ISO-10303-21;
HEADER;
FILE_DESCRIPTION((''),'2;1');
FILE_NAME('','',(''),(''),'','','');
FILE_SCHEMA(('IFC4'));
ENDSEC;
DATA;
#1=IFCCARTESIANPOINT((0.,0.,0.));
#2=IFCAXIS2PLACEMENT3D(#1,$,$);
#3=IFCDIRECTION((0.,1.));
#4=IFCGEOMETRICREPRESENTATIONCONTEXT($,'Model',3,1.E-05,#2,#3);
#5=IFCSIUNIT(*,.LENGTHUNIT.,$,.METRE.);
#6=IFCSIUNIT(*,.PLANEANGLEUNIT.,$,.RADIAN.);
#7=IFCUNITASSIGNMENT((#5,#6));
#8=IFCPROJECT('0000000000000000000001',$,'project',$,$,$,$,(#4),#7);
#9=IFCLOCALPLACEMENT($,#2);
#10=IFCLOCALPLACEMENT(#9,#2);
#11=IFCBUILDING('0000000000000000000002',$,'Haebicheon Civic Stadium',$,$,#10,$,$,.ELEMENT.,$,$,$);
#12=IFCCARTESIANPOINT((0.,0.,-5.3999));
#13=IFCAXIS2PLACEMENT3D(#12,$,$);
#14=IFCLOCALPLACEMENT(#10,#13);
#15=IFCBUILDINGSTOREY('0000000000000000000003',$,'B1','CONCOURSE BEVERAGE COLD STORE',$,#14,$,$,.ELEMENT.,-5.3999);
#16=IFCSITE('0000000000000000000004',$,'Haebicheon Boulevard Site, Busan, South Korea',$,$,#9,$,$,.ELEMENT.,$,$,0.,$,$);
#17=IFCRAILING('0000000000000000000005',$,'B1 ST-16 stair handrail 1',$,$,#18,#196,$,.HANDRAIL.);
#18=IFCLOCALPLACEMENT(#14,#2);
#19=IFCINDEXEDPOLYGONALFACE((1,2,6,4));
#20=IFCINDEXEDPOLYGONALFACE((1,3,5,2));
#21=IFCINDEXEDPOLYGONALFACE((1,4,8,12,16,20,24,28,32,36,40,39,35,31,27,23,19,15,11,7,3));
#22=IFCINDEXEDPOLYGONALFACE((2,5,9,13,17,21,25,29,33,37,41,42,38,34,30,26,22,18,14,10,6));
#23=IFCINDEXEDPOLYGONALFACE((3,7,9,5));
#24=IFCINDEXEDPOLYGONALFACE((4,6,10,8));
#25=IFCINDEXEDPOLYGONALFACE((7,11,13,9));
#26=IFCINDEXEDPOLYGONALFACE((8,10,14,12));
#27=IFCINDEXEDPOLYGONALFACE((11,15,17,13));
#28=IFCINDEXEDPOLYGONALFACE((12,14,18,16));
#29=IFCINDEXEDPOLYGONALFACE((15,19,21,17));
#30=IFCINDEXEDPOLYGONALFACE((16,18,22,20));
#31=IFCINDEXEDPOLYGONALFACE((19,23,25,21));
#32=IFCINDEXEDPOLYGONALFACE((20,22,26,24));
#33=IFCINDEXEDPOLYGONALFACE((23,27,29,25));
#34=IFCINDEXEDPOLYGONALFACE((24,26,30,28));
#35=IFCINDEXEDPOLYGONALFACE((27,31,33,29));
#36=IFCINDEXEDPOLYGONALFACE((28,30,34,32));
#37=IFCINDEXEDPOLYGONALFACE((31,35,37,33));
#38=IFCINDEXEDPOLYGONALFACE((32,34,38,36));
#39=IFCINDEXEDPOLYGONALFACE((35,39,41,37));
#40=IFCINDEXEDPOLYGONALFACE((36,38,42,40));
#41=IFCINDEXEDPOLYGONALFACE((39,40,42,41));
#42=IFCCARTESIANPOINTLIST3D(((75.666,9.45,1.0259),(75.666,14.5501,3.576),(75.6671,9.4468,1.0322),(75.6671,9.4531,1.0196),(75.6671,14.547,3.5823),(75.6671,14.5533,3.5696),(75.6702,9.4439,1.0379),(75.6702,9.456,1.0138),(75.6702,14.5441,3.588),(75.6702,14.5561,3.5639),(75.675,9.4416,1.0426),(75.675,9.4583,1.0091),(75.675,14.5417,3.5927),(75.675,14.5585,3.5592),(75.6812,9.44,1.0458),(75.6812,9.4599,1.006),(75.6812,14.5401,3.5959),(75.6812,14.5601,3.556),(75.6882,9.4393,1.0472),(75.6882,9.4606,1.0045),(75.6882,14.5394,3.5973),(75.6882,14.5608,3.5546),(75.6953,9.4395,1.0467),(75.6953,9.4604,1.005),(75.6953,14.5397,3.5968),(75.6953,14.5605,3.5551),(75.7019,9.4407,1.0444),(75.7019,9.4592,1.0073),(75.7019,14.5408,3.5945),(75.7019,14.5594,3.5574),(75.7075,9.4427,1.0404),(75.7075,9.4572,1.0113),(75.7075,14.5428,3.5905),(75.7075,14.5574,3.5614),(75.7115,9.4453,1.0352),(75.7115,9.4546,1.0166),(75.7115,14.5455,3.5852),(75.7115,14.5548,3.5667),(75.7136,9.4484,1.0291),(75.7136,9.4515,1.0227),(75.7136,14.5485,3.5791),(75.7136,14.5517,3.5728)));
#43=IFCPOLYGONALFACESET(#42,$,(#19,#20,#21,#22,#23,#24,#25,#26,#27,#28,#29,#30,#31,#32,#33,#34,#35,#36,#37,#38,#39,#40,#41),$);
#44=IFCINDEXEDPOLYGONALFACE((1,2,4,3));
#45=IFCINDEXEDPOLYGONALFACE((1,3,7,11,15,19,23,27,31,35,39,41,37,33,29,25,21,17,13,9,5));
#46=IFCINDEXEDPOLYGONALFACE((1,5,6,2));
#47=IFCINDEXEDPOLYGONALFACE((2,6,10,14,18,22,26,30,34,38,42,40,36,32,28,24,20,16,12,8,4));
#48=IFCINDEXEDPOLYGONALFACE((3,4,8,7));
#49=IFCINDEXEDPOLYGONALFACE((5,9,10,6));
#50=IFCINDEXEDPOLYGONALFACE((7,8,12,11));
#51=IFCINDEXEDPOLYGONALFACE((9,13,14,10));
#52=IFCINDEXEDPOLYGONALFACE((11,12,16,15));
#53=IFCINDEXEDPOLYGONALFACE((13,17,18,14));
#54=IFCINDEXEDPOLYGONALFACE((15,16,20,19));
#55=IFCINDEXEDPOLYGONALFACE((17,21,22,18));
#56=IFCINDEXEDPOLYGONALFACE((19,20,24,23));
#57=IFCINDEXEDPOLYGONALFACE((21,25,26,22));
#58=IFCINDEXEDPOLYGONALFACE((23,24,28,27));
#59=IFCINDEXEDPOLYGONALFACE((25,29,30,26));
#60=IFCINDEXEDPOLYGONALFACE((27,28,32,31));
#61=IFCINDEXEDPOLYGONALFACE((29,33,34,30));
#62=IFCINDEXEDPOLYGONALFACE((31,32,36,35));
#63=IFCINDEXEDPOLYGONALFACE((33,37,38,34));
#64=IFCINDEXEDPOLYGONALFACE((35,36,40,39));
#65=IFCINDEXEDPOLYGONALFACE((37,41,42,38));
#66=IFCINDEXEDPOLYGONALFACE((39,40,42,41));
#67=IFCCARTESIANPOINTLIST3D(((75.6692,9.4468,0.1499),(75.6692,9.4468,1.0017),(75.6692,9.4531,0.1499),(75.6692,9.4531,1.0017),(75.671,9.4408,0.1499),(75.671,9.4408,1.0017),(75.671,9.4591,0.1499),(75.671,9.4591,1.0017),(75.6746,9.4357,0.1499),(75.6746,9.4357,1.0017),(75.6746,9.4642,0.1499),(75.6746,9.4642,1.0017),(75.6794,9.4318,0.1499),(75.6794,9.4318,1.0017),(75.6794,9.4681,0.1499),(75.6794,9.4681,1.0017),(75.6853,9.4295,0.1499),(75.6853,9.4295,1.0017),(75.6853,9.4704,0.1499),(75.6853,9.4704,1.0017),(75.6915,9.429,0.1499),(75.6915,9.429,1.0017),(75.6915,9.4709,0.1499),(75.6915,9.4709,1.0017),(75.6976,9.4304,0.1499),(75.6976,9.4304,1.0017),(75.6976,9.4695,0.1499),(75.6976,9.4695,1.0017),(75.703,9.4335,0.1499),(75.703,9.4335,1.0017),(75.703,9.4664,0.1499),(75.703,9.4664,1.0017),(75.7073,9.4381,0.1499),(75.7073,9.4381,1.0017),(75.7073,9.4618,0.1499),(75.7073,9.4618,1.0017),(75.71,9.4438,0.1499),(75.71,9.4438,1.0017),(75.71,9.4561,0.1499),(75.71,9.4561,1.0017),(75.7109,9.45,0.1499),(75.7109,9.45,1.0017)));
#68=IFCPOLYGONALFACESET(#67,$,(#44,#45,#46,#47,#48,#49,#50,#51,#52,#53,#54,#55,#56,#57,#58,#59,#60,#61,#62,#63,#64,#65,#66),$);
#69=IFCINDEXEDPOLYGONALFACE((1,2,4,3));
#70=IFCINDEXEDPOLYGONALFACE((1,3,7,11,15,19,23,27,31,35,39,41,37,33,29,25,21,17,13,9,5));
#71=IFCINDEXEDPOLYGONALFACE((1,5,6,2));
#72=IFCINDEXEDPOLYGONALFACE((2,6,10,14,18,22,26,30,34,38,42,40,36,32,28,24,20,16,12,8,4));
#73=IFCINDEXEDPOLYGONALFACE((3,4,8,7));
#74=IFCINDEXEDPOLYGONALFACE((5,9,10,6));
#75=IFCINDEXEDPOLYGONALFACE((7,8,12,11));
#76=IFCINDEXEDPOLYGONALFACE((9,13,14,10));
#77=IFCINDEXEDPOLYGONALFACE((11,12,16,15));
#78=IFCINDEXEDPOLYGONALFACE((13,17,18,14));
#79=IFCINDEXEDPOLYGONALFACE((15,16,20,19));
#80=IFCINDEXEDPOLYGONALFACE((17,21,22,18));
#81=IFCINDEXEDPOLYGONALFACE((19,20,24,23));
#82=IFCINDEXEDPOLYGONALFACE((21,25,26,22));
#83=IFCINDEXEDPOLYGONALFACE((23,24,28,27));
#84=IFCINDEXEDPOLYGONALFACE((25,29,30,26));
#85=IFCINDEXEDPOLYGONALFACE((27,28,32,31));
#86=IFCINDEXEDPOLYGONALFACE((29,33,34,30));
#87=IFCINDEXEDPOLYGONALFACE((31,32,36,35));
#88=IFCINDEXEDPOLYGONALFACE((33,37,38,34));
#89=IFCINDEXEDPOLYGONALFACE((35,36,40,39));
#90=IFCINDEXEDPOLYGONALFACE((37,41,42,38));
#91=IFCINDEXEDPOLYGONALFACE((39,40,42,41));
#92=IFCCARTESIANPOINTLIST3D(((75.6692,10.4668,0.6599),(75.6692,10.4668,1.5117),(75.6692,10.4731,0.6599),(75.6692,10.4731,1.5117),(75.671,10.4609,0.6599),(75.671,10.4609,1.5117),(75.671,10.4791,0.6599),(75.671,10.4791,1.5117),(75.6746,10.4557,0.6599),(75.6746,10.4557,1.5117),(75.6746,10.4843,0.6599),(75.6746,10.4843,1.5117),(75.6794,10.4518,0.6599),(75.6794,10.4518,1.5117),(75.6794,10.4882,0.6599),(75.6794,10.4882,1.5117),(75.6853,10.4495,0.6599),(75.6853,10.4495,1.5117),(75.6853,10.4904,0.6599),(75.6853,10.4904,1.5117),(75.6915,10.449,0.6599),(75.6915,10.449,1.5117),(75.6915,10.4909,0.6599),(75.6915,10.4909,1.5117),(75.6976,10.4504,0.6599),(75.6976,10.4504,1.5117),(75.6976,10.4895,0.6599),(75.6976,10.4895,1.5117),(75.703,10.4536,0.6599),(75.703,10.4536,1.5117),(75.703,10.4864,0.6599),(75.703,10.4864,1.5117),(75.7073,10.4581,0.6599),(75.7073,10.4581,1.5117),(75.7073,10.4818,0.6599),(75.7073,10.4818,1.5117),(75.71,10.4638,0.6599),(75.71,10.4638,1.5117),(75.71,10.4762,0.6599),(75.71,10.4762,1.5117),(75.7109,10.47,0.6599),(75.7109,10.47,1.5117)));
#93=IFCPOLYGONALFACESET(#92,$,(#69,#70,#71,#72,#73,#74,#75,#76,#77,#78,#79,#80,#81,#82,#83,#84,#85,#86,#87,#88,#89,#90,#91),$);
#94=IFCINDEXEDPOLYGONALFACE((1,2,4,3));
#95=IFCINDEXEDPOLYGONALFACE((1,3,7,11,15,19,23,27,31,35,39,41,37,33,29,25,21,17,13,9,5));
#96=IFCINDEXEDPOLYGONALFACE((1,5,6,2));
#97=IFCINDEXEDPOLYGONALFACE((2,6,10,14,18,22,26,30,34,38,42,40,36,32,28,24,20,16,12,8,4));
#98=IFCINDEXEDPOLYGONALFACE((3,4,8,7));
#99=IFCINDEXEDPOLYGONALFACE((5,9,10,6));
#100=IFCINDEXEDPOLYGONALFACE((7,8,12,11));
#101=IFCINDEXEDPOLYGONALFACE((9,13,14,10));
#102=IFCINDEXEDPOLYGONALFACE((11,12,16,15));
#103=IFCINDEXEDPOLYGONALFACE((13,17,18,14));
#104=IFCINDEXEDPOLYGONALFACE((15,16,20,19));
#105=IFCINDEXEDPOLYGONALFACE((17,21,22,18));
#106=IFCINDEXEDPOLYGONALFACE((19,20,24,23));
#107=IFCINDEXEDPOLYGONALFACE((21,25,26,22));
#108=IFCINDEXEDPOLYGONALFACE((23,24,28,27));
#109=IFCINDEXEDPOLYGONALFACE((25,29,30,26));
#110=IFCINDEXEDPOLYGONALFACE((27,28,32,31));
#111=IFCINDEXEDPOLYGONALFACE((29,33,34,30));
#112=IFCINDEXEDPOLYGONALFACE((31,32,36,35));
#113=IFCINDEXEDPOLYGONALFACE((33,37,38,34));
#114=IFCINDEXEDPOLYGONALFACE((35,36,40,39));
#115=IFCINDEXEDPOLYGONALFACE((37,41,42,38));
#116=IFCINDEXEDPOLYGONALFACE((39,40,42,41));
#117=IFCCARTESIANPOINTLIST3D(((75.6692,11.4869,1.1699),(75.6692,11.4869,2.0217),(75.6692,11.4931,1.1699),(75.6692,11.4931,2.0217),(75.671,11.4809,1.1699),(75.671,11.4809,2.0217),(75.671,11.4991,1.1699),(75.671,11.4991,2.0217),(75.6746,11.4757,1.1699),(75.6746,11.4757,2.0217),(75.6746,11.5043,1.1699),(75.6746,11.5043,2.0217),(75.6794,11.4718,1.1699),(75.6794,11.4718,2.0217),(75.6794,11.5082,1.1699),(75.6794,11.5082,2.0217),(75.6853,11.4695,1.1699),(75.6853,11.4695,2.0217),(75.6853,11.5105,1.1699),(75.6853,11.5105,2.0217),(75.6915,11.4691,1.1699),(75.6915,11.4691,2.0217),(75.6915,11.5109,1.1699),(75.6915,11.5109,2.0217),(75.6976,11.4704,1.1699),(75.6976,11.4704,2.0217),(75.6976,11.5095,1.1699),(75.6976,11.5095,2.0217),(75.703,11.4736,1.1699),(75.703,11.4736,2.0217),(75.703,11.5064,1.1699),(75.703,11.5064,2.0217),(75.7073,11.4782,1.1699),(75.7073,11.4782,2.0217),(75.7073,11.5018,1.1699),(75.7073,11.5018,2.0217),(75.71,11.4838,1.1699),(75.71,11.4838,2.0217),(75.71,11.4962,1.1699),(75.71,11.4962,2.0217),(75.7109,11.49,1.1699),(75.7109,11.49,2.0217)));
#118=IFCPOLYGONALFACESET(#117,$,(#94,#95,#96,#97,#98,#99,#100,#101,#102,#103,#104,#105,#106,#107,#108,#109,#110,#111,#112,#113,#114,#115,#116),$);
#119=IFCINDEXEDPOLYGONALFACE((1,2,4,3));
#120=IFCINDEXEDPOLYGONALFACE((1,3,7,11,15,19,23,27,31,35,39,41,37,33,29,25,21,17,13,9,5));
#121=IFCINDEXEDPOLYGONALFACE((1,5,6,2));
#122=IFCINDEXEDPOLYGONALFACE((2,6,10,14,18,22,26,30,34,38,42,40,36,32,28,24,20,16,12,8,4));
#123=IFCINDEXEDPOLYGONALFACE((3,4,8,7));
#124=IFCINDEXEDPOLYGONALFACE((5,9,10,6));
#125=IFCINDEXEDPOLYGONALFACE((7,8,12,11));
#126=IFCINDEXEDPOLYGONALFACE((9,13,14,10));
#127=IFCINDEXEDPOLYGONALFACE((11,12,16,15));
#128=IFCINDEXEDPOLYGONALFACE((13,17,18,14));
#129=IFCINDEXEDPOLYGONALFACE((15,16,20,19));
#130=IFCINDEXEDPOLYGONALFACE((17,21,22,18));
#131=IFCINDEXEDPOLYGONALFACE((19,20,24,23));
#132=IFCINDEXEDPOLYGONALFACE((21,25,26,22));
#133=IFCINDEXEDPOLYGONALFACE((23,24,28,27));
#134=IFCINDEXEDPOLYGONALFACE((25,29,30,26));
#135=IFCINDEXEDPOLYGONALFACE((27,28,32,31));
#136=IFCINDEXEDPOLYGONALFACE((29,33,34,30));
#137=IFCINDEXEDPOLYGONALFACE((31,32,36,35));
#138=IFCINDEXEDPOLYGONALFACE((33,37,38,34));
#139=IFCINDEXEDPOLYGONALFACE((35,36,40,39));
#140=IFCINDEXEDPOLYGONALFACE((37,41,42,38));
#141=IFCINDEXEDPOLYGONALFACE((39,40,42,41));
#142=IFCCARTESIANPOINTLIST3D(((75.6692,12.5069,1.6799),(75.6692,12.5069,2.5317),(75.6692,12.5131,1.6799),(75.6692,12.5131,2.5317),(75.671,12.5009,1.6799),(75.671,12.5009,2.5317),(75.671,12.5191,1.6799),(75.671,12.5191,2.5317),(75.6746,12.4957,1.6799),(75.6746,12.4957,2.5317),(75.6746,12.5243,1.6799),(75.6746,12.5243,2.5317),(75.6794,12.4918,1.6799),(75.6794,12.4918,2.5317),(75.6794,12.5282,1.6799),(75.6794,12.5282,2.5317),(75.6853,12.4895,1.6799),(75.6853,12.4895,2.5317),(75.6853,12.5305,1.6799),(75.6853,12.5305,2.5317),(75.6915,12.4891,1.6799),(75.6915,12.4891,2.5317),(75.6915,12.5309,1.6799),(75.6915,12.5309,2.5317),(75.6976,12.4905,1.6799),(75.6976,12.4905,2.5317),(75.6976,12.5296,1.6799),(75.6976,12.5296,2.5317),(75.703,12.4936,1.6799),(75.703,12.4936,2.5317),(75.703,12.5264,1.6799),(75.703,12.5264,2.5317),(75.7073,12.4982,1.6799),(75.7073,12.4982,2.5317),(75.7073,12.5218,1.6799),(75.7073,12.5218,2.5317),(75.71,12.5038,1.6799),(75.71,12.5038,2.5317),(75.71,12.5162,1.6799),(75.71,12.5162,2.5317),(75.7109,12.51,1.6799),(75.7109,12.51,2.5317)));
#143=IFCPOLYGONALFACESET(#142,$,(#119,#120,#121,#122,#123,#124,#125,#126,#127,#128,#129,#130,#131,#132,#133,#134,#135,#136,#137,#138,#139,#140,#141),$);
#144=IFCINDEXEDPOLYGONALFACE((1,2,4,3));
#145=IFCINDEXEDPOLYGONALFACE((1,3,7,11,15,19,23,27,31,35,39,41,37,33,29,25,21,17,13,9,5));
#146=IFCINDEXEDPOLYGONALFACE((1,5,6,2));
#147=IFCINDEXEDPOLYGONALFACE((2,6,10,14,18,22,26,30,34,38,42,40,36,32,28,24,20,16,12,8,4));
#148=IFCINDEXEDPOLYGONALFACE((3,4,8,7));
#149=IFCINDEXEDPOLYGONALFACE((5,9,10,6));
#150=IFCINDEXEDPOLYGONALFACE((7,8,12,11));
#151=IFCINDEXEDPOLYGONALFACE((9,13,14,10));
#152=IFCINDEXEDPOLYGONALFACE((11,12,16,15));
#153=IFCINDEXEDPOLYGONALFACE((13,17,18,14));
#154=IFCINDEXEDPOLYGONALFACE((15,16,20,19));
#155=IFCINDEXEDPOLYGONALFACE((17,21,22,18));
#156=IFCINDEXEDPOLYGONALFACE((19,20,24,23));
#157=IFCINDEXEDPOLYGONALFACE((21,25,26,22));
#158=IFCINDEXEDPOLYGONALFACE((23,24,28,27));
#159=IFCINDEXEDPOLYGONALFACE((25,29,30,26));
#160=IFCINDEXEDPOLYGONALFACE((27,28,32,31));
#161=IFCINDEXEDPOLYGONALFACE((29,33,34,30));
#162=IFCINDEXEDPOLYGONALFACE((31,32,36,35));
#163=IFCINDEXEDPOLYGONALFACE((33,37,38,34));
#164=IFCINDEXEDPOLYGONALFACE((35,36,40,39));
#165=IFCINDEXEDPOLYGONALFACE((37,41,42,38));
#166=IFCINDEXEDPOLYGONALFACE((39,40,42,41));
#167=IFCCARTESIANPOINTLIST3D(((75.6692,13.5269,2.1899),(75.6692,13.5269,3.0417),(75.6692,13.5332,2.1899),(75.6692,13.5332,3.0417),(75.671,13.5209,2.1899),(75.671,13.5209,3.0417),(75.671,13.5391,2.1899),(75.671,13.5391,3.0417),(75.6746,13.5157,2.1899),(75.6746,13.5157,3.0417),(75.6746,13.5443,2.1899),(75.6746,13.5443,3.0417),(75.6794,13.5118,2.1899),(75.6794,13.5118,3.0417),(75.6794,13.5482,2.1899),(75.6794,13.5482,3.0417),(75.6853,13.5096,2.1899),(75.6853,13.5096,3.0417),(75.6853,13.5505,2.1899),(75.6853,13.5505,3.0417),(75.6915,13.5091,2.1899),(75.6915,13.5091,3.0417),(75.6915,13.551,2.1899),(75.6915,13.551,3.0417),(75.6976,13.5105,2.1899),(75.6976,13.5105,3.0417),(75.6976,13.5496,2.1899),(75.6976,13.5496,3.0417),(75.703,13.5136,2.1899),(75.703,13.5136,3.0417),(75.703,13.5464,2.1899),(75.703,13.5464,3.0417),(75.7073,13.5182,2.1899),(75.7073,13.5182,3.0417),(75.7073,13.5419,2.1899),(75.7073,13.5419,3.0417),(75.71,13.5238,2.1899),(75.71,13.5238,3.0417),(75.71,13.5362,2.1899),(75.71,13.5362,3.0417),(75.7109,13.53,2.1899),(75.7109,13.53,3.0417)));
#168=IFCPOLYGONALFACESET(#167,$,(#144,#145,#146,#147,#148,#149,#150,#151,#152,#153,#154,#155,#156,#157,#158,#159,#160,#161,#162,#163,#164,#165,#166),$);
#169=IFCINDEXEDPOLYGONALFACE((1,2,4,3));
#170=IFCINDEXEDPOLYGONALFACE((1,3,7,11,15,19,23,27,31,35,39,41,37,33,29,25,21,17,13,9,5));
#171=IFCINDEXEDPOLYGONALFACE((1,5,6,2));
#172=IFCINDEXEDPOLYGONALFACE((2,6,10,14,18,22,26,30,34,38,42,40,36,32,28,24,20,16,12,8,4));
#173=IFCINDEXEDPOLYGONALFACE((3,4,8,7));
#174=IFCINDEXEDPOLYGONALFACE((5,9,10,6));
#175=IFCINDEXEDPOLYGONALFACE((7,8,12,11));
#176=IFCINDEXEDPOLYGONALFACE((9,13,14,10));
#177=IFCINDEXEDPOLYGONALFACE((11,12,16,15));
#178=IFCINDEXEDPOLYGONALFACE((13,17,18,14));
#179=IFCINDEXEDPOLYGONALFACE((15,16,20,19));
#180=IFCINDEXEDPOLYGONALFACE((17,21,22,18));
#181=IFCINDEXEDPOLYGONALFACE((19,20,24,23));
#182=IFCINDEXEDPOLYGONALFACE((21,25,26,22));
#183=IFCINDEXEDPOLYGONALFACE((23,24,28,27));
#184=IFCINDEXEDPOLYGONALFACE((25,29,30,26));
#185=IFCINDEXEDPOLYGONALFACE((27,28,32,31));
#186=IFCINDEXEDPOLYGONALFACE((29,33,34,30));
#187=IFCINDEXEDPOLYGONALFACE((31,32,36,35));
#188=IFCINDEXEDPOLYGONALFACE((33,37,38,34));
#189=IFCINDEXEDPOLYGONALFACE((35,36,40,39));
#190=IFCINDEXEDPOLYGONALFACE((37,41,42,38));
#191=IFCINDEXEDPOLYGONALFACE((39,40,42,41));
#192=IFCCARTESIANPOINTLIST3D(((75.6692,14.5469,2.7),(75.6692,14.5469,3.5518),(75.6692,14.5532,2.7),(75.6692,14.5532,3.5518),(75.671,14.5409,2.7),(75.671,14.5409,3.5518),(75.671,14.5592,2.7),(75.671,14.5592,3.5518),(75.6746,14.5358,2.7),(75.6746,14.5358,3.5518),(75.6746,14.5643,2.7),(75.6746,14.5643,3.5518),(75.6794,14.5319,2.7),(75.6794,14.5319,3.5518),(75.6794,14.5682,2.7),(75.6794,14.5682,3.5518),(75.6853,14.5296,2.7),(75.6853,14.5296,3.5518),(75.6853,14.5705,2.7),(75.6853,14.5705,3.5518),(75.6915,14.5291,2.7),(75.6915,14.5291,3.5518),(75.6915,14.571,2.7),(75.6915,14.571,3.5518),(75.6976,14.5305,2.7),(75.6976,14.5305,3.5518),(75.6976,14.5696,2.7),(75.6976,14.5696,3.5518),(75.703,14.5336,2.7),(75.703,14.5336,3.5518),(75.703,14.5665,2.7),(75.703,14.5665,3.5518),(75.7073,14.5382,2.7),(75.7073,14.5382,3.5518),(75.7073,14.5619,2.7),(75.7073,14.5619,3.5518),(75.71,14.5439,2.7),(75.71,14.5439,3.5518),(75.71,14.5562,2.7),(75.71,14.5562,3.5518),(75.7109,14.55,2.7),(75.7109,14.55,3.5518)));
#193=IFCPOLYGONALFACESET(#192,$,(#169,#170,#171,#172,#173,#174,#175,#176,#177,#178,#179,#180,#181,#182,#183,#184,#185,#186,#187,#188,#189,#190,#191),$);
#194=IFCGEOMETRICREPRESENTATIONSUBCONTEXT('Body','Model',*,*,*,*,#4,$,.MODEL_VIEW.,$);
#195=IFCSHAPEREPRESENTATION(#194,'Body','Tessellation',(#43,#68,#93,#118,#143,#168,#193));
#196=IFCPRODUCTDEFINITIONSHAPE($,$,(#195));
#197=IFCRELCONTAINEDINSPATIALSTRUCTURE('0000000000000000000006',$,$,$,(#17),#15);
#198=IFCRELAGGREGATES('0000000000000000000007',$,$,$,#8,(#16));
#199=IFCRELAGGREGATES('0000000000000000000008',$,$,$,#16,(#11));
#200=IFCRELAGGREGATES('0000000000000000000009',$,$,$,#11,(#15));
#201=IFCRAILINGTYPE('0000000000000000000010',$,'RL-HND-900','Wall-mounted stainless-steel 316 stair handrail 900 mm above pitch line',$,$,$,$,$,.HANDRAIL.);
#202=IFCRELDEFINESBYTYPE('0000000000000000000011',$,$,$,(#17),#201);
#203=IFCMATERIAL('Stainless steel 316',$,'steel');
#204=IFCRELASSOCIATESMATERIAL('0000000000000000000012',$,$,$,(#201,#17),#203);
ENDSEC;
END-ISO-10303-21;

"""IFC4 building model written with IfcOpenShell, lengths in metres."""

from ifc_helpers import new_model, si_unit, direction, frame, origin, origin_2d, place, context, subcontext, project, spatial, circle, extrude, material, type_object, element, save


model = new_model("IFC4")

# Units and contexts
model_context = context("Model", 3, precision=1e-05, world=origin(), true_north=direction((0.0, 1.0)))
body_context = subcontext(model_context, "Body", "Model", "MODEL_VIEW")
ifc_project = project(units=[si_unit("LENGTHUNIT", "METRE"), si_unit("PLANEANGLEUNIT", "RADIAN")], contexts=[model_context])

# Site, building, storey
site_placement = place(None, origin())
site = spatial("IfcSite", under=ifc_project, at=site_placement, Name="Haebicheon Boulevard Site, Busan, South Korea", CompositionType="ELEMENT", RefElevation=0.0)
building_placement = place(site_placement, origin())
building = spatial("IfcBuilding", under=site, at=building_placement, Name="Haebicheon Civic Stadium", CompositionType="ELEMENT")
storey_placement = place(building_placement, frame((0.0, 0.0, -5.3999)))
storey = spatial("IfcBuildingStorey", under=building, at=storey_placement, Name="B1", Description="CONCOURSE BEVERAGE COLD STORE", CompositionType="ELEMENT", Elevation=-5.3999)

# Railing
ifc_material_1 = material(Name="Stainless steel 316", Category="steel")
railing_type_1 = type_object("IfcRailingType", Name="RL-HND-900", Description="Wall-mounted stainless-steel 316 stair handrail 900 mm above pitch line", PredefinedType="HANDRAIL", material=ifc_material_1)
railing_1_placement = place(storey_placement, frame((75.6899, 9.45, 0.1499)))
element("IfcRailing", 1, at=railing_1_placement, inside=storey, type_object=railing_type_1, material=ifc_material_1, Name="B1 ST-16 stair handrail 1", PredefinedType="HANDRAIL", context=body_context, shape_type="SweptSolid", body=[
    extrude(circle(Radius=0.0239, at=origin_2d()), frame((0.0, 0.0, 0.876), z_axis=(0.0, 0.894427, 0.447214), x_axis=(-1.0, 0.0, 0.0)), (0.0, 0.0, 1.0), 5.7021),
    extrude(circle(Radius=0.021, at=origin_2d()), origin(), (0.0, 0.0, 1.0), 0.8518),
    extrude(circle(Radius=0.021, at=origin_2d()), frame((0.0, 1.02, 0.51)), (0.0, 0.0, 1.0), 0.8518),
    extrude(circle(Radius=0.021, at=origin_2d()), frame((0.0, 2.04, 1.02)), (0.0, 0.0, 1.0), 0.8518),
    extrude(circle(Radius=0.021, at=origin_2d()), frame((0.0, 3.0601, 1.53)), (0.0, 0.0, 1.0), 0.8518),
    extrude(circle(Radius=0.021, at=origin_2d()), frame((0.0, 4.0801, 2.04)), (0.0, 0.0, 1.0), 0.8518),
    extrude(circle(Radius=0.021, at=origin_2d()), frame((0.0, 5.1001, 2.55)), (0.0, 0.0, 1.0), 0.8518),
])

save(model, "model.ifc")
